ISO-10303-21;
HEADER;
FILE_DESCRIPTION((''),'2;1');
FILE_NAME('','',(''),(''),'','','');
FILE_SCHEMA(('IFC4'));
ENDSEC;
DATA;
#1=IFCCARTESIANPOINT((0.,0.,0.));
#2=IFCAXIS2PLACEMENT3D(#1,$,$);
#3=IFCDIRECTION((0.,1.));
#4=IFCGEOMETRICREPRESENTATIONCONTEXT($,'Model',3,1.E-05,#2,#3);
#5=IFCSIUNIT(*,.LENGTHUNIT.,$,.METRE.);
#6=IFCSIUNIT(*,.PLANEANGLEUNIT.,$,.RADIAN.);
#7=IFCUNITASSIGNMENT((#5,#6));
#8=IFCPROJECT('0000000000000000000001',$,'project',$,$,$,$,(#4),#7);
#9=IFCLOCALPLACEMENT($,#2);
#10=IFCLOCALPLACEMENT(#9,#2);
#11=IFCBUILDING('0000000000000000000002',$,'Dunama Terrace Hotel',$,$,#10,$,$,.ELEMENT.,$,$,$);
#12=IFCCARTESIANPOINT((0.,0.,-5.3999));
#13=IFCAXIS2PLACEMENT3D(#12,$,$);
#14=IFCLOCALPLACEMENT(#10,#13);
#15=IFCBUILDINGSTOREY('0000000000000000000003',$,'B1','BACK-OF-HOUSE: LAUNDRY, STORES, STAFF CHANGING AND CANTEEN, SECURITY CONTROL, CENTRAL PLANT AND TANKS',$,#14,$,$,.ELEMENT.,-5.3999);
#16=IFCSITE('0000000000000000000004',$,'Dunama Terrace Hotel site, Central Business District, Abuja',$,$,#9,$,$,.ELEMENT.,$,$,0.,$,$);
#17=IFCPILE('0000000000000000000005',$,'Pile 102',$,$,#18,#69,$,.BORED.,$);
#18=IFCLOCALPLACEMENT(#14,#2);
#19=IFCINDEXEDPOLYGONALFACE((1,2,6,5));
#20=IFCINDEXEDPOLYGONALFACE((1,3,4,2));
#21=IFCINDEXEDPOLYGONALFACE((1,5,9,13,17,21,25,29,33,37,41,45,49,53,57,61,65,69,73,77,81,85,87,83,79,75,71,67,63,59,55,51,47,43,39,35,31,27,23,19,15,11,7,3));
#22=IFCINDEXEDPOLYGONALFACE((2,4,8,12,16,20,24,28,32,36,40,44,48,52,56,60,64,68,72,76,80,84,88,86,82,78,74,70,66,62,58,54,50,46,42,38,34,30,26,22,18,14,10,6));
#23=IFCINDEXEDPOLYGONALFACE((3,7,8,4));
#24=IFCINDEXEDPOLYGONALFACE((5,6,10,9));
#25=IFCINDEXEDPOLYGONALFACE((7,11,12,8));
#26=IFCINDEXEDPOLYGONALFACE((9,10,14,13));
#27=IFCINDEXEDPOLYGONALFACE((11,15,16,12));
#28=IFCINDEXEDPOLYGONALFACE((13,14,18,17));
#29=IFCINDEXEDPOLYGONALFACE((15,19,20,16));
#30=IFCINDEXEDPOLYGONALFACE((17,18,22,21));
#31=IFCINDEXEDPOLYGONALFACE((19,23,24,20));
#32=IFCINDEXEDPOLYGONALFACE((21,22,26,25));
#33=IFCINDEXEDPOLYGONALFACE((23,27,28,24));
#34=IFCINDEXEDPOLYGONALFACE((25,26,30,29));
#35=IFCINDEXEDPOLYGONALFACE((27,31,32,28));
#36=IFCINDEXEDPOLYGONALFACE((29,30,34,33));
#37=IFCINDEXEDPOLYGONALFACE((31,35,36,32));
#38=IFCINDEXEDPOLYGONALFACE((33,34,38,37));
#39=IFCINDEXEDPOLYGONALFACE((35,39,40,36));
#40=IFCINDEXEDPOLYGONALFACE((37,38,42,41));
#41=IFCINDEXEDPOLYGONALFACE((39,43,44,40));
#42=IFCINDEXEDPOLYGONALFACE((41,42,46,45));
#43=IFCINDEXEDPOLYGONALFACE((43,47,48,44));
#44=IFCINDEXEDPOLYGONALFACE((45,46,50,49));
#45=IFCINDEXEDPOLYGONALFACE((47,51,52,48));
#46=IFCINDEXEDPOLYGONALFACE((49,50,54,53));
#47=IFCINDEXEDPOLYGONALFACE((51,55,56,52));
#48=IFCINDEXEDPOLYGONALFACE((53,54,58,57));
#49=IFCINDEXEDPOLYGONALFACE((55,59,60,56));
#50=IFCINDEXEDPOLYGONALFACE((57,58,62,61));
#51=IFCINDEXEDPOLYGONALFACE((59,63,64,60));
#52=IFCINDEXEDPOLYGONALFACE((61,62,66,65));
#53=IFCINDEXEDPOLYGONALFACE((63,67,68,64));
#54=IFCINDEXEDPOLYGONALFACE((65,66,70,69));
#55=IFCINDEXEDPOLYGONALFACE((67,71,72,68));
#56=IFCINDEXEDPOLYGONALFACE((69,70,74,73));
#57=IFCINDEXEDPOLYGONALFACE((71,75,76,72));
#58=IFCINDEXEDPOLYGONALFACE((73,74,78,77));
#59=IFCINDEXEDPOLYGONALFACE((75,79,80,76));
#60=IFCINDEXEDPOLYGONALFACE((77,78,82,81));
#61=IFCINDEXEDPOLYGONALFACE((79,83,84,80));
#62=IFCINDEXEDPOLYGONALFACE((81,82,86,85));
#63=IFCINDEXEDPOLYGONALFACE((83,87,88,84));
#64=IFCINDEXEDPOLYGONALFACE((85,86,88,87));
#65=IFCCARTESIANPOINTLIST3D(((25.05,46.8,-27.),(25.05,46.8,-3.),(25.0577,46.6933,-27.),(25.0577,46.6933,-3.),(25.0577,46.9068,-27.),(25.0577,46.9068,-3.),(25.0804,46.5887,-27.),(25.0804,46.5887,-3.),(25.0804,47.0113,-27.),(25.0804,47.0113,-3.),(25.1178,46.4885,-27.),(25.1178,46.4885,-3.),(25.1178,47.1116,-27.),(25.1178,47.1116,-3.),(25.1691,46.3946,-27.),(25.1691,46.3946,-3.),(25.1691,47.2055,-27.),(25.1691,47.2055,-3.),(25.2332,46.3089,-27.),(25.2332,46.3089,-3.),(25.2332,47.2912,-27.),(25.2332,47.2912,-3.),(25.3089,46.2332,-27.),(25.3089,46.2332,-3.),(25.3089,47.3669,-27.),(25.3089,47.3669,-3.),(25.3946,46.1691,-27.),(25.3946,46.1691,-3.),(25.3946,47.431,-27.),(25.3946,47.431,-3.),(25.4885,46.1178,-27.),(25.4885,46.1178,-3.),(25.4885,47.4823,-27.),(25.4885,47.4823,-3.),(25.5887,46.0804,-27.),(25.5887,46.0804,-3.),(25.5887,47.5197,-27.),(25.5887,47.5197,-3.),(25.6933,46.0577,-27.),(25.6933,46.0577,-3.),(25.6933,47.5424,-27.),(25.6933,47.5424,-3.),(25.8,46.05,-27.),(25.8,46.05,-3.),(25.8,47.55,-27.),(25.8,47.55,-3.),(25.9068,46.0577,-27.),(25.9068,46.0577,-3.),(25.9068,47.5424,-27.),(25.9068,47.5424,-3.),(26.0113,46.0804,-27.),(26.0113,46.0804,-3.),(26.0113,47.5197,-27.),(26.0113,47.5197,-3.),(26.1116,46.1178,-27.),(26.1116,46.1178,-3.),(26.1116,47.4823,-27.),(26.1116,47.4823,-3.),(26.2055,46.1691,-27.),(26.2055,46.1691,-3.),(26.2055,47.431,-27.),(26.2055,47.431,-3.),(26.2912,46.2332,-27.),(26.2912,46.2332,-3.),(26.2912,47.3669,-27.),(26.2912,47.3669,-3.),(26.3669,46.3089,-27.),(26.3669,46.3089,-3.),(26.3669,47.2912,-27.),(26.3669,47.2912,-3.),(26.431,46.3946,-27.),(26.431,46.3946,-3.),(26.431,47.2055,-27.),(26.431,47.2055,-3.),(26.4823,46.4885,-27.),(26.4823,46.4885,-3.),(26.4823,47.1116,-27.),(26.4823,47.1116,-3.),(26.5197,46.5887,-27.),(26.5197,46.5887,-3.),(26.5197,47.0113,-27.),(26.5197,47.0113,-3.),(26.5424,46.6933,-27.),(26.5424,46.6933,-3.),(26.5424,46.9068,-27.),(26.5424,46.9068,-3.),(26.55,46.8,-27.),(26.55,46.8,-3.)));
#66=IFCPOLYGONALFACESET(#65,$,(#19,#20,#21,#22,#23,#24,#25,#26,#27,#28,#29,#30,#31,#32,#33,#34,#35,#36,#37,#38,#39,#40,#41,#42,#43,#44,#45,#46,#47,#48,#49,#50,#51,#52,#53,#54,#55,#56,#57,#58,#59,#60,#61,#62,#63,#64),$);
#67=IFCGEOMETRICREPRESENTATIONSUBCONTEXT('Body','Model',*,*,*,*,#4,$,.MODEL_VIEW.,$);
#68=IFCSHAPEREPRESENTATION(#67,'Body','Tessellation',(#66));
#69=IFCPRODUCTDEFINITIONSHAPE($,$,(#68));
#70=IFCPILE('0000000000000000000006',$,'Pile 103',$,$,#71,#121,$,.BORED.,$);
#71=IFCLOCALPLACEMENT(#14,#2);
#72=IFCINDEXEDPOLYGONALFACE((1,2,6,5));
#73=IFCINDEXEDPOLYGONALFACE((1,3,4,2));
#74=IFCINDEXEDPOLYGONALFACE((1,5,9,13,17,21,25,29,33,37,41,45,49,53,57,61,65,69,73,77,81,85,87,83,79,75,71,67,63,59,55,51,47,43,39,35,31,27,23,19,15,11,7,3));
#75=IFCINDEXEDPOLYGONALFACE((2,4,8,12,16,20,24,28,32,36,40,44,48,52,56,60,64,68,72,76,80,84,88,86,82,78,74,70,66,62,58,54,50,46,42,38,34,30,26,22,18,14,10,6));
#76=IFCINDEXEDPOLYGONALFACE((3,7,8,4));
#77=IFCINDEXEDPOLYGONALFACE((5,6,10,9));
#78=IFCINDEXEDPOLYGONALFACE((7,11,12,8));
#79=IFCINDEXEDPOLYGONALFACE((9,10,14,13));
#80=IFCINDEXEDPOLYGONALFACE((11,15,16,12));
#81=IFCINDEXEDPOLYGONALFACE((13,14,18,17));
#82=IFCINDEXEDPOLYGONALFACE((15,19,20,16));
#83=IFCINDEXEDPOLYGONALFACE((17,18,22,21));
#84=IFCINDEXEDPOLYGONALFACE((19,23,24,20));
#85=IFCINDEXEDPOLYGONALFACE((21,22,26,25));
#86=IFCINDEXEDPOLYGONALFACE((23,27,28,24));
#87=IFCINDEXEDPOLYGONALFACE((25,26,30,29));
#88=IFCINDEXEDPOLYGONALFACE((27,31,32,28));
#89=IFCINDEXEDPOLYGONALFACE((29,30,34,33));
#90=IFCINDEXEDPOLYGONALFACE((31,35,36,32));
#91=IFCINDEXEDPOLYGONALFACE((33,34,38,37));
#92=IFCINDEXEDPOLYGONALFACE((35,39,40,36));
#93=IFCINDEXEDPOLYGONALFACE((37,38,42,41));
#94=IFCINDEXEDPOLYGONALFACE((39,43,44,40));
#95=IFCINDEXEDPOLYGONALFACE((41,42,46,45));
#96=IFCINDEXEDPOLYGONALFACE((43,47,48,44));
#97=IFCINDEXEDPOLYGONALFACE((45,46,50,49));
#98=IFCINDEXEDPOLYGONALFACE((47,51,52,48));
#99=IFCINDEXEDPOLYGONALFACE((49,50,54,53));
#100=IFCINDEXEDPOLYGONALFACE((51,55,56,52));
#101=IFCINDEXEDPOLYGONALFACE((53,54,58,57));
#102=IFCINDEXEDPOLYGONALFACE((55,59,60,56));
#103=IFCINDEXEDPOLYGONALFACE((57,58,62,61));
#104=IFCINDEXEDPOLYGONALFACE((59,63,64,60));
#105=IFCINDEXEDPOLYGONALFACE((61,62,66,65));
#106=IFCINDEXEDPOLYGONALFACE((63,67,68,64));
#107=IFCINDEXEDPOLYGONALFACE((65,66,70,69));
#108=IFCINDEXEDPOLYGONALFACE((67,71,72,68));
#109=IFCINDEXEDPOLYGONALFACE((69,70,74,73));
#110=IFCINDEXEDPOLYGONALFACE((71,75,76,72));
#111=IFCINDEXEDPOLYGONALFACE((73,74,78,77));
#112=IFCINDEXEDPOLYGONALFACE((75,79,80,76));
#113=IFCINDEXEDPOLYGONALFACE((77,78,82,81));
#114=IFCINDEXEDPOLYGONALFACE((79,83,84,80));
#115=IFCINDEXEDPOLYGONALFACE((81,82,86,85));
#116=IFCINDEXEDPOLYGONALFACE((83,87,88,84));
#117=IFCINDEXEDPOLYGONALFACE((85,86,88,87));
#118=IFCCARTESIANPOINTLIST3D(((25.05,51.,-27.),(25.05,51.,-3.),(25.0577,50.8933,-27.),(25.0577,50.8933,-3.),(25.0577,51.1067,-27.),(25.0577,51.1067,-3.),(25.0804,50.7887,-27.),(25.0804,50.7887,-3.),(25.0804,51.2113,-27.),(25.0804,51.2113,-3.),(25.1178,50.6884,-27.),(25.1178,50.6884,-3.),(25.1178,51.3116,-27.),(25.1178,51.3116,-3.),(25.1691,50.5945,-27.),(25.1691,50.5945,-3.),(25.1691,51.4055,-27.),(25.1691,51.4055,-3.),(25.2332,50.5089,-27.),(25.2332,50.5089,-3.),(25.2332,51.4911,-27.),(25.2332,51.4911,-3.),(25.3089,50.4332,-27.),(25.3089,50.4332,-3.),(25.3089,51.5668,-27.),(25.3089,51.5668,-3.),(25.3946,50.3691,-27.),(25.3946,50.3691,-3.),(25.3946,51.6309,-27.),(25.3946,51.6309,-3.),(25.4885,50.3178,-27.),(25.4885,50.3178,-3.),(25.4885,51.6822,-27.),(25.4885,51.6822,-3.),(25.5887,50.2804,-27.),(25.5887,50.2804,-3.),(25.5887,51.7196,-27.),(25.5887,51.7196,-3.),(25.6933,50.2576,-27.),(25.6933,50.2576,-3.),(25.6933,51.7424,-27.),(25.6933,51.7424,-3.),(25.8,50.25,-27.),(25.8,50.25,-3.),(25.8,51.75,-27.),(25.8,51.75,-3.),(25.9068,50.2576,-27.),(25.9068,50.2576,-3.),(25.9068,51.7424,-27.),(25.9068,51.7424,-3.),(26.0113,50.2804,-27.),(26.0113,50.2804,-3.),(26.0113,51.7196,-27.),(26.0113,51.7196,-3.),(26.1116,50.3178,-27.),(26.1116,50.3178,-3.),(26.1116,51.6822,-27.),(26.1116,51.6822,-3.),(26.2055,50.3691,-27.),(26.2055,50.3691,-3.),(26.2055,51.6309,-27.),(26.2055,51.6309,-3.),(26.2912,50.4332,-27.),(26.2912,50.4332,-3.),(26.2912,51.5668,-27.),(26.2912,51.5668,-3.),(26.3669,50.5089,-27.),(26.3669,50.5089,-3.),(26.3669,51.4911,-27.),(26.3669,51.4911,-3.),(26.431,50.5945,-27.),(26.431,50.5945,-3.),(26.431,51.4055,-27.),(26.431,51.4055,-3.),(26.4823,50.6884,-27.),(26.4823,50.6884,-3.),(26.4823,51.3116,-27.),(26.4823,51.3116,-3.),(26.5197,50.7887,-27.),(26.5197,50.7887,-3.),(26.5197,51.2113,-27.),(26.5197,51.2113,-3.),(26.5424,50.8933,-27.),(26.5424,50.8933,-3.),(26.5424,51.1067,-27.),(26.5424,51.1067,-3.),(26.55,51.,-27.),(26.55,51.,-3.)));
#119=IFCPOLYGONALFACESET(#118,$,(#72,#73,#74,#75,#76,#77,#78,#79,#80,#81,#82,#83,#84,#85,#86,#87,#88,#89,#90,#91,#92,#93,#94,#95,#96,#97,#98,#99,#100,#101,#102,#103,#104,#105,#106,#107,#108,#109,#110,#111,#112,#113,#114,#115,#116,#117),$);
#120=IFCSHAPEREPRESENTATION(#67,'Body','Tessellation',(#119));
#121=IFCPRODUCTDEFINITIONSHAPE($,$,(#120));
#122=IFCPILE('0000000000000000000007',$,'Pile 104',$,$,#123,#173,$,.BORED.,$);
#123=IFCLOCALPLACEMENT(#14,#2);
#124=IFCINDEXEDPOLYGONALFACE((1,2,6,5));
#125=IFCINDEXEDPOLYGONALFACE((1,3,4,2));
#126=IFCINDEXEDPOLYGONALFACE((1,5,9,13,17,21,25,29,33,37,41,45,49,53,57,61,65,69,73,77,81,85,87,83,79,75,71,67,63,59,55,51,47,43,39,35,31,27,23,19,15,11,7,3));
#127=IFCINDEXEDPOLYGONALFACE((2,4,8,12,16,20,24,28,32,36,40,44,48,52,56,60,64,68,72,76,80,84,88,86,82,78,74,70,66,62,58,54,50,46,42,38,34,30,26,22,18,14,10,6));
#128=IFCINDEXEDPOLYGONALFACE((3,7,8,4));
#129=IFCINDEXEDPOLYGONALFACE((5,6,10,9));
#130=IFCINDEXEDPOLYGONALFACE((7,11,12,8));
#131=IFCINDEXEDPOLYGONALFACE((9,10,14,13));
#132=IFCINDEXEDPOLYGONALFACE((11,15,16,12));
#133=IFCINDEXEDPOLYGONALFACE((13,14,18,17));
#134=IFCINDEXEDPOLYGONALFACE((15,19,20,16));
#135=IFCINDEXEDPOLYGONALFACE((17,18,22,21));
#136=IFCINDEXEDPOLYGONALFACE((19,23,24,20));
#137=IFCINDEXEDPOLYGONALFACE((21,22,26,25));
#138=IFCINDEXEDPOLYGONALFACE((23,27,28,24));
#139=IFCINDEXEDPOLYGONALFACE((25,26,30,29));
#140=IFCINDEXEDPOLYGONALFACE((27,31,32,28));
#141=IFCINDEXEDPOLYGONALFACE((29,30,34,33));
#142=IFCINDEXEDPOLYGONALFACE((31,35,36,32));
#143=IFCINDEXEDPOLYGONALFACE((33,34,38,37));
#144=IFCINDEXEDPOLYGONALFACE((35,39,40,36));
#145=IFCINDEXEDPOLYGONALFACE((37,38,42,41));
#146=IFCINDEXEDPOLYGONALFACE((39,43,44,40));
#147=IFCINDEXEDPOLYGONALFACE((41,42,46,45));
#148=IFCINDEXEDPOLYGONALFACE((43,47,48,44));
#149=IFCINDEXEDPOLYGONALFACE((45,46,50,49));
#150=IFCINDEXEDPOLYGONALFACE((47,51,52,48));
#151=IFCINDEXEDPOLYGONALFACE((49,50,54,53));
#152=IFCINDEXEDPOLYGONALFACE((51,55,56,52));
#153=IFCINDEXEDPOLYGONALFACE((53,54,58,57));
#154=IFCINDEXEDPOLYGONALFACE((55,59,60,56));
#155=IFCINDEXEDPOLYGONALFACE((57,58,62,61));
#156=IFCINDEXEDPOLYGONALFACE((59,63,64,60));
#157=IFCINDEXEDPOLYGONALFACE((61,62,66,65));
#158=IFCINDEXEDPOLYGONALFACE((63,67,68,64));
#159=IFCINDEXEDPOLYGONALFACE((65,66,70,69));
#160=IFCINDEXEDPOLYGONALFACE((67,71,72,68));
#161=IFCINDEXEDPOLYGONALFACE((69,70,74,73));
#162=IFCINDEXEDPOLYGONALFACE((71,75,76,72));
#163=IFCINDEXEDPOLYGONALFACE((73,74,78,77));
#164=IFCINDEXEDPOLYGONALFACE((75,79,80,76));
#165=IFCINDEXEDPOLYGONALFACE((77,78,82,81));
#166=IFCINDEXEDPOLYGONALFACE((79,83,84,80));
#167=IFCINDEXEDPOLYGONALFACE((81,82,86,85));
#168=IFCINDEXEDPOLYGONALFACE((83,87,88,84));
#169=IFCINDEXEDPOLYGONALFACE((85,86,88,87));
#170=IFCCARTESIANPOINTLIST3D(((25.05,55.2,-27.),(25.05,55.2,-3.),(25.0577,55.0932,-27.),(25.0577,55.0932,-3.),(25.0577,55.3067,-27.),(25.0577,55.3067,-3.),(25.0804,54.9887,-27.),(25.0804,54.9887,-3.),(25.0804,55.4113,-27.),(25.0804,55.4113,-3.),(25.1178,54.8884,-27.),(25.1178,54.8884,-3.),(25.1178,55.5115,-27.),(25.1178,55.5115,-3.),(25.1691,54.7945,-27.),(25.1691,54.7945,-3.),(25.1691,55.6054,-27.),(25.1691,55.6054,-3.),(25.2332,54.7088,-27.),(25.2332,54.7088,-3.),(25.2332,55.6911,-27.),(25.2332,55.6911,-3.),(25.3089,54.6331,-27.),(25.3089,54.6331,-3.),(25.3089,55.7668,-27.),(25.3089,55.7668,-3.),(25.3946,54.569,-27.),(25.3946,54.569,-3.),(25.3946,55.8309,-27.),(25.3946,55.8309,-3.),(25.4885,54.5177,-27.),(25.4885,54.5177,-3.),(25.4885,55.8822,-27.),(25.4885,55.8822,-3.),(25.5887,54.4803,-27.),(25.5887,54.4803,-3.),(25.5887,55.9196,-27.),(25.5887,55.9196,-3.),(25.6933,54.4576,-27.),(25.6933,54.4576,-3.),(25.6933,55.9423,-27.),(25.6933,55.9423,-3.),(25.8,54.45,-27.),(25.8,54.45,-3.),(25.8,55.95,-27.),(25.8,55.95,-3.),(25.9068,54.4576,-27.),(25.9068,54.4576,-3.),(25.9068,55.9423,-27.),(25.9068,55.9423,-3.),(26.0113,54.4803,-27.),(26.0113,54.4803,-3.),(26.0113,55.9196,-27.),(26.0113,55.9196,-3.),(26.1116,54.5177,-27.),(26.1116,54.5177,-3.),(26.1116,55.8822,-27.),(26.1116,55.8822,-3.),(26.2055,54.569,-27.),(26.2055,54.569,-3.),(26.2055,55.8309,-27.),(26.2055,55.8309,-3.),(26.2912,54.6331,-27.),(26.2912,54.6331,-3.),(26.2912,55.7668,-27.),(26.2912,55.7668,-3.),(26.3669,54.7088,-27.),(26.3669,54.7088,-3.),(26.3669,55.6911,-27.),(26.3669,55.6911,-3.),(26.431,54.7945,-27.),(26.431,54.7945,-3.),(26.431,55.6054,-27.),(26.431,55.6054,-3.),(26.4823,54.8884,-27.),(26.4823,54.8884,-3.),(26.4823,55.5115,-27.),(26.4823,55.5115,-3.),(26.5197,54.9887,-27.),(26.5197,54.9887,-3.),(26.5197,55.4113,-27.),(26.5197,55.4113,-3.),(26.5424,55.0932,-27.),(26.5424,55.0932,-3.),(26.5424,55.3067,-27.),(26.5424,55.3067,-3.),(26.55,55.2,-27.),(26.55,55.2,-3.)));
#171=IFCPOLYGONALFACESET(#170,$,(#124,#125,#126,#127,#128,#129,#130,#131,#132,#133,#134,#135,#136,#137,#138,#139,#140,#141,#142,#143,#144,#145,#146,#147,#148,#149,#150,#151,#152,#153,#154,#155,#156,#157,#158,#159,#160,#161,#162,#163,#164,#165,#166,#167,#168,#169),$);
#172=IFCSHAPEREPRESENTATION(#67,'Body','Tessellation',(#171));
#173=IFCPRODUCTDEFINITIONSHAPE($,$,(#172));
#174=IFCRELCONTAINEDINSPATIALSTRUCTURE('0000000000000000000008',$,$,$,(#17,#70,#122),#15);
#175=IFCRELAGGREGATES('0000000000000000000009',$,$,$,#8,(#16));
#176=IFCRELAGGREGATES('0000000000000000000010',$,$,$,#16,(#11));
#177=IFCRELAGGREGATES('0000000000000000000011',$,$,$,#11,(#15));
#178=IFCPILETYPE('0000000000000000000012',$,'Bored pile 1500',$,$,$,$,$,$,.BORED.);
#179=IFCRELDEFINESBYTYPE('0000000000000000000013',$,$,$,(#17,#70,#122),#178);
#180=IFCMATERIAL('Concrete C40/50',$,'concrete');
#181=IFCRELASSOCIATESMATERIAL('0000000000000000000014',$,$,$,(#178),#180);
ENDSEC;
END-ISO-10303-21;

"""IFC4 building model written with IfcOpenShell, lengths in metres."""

from ifc_helpers import new_model, si_unit, direction, frame, origin, origin_2d, place, context, subcontext, project, spatial, circle, extrude, material, material_profile, profile_set, type_object, element, save


model = new_model("IFC4")

# Units and contexts
model_context = context("Model", 3, precision=1e-05, world=origin(), true_north=direction((0.0, 1.0)))
body_context = subcontext(model_context, "Body", "Model", "MODEL_VIEW")
ifc_project = project(units=[si_unit("LENGTHUNIT", "METRE"), si_unit("PLANEANGLEUNIT", "RADIAN")], contexts=[model_context])

# Site, building, storey
site_placement = place(None, origin())
site = spatial("IfcSite", under=ifc_project, at=site_placement, Name="Dunama Terrace Hotel site, Central Business District, Abuja", CompositionType="ELEMENT", RefElevation=0.0)
building_placement = place(site_placement, origin())
building = spatial("IfcBuilding", under=site, at=building_placement, Name="Dunama Terrace Hotel", CompositionType="ELEMENT")
storey_placement = place(building_placement, frame((0.0, 0.0, -5.3999)))
storey = spatial("IfcBuildingStorey", under=building, at=storey_placement, Name="B1", Description="BACK-OF-HOUSE: LAUNDRY, STORES, STAFF CHANGING AND CANTEEN, SECURITY CONTROL, CENTRAL PLANT AND TANKS", CompositionType="ELEMENT", Elevation=-5.3999)

# Piles
ifc_material_1 = material(Name="Concrete C40/50", Category="concrete")
ifc_material_profile_1 = material_profile(ifc_material_1, circle(Radius=0.75, at=origin_2d()), Name="PILE D1500")
ifc_profile_set_1 = profile_set([ifc_material_profile_1], Name="Concrete C40/50")
pile_type = type_object("IfcPileType", Name="Bored pile 1500", PredefinedType="BORED", material=ifc_profile_set_1)
for number, where, z_axis, x_axis, name in (
    (1, (25.8, 46.8, -3.0), (0.0, 0.0, -1.0), (1.0, 0.0, 0.0), "Pile 102"),
    (2, (25.8, 51.0, -3.0), (0.0, 0.0, -1.0), (1.0, 0.0, 0.0), "Pile 103"),
    (3, (25.8, 55.2, -3.0), (0.0, 0.0, -1.0), (1.0, 0.0, 0.0), "Pile 104"),
):
    element("IfcPile", number, at=place(storey_placement, frame(where, z_axis=z_axis, x_axis=x_axis)), inside=storey, type_object=pile_type, Name=name, PredefinedType="BORED", context=body_context, shape_type="SweptSolid", body=[
        extrude(circle(Radius=0.75, at=origin_2d()), origin(), (0.0, 0.0, 1.0), 24.0),
    ])

save(model, "model.ifc")
